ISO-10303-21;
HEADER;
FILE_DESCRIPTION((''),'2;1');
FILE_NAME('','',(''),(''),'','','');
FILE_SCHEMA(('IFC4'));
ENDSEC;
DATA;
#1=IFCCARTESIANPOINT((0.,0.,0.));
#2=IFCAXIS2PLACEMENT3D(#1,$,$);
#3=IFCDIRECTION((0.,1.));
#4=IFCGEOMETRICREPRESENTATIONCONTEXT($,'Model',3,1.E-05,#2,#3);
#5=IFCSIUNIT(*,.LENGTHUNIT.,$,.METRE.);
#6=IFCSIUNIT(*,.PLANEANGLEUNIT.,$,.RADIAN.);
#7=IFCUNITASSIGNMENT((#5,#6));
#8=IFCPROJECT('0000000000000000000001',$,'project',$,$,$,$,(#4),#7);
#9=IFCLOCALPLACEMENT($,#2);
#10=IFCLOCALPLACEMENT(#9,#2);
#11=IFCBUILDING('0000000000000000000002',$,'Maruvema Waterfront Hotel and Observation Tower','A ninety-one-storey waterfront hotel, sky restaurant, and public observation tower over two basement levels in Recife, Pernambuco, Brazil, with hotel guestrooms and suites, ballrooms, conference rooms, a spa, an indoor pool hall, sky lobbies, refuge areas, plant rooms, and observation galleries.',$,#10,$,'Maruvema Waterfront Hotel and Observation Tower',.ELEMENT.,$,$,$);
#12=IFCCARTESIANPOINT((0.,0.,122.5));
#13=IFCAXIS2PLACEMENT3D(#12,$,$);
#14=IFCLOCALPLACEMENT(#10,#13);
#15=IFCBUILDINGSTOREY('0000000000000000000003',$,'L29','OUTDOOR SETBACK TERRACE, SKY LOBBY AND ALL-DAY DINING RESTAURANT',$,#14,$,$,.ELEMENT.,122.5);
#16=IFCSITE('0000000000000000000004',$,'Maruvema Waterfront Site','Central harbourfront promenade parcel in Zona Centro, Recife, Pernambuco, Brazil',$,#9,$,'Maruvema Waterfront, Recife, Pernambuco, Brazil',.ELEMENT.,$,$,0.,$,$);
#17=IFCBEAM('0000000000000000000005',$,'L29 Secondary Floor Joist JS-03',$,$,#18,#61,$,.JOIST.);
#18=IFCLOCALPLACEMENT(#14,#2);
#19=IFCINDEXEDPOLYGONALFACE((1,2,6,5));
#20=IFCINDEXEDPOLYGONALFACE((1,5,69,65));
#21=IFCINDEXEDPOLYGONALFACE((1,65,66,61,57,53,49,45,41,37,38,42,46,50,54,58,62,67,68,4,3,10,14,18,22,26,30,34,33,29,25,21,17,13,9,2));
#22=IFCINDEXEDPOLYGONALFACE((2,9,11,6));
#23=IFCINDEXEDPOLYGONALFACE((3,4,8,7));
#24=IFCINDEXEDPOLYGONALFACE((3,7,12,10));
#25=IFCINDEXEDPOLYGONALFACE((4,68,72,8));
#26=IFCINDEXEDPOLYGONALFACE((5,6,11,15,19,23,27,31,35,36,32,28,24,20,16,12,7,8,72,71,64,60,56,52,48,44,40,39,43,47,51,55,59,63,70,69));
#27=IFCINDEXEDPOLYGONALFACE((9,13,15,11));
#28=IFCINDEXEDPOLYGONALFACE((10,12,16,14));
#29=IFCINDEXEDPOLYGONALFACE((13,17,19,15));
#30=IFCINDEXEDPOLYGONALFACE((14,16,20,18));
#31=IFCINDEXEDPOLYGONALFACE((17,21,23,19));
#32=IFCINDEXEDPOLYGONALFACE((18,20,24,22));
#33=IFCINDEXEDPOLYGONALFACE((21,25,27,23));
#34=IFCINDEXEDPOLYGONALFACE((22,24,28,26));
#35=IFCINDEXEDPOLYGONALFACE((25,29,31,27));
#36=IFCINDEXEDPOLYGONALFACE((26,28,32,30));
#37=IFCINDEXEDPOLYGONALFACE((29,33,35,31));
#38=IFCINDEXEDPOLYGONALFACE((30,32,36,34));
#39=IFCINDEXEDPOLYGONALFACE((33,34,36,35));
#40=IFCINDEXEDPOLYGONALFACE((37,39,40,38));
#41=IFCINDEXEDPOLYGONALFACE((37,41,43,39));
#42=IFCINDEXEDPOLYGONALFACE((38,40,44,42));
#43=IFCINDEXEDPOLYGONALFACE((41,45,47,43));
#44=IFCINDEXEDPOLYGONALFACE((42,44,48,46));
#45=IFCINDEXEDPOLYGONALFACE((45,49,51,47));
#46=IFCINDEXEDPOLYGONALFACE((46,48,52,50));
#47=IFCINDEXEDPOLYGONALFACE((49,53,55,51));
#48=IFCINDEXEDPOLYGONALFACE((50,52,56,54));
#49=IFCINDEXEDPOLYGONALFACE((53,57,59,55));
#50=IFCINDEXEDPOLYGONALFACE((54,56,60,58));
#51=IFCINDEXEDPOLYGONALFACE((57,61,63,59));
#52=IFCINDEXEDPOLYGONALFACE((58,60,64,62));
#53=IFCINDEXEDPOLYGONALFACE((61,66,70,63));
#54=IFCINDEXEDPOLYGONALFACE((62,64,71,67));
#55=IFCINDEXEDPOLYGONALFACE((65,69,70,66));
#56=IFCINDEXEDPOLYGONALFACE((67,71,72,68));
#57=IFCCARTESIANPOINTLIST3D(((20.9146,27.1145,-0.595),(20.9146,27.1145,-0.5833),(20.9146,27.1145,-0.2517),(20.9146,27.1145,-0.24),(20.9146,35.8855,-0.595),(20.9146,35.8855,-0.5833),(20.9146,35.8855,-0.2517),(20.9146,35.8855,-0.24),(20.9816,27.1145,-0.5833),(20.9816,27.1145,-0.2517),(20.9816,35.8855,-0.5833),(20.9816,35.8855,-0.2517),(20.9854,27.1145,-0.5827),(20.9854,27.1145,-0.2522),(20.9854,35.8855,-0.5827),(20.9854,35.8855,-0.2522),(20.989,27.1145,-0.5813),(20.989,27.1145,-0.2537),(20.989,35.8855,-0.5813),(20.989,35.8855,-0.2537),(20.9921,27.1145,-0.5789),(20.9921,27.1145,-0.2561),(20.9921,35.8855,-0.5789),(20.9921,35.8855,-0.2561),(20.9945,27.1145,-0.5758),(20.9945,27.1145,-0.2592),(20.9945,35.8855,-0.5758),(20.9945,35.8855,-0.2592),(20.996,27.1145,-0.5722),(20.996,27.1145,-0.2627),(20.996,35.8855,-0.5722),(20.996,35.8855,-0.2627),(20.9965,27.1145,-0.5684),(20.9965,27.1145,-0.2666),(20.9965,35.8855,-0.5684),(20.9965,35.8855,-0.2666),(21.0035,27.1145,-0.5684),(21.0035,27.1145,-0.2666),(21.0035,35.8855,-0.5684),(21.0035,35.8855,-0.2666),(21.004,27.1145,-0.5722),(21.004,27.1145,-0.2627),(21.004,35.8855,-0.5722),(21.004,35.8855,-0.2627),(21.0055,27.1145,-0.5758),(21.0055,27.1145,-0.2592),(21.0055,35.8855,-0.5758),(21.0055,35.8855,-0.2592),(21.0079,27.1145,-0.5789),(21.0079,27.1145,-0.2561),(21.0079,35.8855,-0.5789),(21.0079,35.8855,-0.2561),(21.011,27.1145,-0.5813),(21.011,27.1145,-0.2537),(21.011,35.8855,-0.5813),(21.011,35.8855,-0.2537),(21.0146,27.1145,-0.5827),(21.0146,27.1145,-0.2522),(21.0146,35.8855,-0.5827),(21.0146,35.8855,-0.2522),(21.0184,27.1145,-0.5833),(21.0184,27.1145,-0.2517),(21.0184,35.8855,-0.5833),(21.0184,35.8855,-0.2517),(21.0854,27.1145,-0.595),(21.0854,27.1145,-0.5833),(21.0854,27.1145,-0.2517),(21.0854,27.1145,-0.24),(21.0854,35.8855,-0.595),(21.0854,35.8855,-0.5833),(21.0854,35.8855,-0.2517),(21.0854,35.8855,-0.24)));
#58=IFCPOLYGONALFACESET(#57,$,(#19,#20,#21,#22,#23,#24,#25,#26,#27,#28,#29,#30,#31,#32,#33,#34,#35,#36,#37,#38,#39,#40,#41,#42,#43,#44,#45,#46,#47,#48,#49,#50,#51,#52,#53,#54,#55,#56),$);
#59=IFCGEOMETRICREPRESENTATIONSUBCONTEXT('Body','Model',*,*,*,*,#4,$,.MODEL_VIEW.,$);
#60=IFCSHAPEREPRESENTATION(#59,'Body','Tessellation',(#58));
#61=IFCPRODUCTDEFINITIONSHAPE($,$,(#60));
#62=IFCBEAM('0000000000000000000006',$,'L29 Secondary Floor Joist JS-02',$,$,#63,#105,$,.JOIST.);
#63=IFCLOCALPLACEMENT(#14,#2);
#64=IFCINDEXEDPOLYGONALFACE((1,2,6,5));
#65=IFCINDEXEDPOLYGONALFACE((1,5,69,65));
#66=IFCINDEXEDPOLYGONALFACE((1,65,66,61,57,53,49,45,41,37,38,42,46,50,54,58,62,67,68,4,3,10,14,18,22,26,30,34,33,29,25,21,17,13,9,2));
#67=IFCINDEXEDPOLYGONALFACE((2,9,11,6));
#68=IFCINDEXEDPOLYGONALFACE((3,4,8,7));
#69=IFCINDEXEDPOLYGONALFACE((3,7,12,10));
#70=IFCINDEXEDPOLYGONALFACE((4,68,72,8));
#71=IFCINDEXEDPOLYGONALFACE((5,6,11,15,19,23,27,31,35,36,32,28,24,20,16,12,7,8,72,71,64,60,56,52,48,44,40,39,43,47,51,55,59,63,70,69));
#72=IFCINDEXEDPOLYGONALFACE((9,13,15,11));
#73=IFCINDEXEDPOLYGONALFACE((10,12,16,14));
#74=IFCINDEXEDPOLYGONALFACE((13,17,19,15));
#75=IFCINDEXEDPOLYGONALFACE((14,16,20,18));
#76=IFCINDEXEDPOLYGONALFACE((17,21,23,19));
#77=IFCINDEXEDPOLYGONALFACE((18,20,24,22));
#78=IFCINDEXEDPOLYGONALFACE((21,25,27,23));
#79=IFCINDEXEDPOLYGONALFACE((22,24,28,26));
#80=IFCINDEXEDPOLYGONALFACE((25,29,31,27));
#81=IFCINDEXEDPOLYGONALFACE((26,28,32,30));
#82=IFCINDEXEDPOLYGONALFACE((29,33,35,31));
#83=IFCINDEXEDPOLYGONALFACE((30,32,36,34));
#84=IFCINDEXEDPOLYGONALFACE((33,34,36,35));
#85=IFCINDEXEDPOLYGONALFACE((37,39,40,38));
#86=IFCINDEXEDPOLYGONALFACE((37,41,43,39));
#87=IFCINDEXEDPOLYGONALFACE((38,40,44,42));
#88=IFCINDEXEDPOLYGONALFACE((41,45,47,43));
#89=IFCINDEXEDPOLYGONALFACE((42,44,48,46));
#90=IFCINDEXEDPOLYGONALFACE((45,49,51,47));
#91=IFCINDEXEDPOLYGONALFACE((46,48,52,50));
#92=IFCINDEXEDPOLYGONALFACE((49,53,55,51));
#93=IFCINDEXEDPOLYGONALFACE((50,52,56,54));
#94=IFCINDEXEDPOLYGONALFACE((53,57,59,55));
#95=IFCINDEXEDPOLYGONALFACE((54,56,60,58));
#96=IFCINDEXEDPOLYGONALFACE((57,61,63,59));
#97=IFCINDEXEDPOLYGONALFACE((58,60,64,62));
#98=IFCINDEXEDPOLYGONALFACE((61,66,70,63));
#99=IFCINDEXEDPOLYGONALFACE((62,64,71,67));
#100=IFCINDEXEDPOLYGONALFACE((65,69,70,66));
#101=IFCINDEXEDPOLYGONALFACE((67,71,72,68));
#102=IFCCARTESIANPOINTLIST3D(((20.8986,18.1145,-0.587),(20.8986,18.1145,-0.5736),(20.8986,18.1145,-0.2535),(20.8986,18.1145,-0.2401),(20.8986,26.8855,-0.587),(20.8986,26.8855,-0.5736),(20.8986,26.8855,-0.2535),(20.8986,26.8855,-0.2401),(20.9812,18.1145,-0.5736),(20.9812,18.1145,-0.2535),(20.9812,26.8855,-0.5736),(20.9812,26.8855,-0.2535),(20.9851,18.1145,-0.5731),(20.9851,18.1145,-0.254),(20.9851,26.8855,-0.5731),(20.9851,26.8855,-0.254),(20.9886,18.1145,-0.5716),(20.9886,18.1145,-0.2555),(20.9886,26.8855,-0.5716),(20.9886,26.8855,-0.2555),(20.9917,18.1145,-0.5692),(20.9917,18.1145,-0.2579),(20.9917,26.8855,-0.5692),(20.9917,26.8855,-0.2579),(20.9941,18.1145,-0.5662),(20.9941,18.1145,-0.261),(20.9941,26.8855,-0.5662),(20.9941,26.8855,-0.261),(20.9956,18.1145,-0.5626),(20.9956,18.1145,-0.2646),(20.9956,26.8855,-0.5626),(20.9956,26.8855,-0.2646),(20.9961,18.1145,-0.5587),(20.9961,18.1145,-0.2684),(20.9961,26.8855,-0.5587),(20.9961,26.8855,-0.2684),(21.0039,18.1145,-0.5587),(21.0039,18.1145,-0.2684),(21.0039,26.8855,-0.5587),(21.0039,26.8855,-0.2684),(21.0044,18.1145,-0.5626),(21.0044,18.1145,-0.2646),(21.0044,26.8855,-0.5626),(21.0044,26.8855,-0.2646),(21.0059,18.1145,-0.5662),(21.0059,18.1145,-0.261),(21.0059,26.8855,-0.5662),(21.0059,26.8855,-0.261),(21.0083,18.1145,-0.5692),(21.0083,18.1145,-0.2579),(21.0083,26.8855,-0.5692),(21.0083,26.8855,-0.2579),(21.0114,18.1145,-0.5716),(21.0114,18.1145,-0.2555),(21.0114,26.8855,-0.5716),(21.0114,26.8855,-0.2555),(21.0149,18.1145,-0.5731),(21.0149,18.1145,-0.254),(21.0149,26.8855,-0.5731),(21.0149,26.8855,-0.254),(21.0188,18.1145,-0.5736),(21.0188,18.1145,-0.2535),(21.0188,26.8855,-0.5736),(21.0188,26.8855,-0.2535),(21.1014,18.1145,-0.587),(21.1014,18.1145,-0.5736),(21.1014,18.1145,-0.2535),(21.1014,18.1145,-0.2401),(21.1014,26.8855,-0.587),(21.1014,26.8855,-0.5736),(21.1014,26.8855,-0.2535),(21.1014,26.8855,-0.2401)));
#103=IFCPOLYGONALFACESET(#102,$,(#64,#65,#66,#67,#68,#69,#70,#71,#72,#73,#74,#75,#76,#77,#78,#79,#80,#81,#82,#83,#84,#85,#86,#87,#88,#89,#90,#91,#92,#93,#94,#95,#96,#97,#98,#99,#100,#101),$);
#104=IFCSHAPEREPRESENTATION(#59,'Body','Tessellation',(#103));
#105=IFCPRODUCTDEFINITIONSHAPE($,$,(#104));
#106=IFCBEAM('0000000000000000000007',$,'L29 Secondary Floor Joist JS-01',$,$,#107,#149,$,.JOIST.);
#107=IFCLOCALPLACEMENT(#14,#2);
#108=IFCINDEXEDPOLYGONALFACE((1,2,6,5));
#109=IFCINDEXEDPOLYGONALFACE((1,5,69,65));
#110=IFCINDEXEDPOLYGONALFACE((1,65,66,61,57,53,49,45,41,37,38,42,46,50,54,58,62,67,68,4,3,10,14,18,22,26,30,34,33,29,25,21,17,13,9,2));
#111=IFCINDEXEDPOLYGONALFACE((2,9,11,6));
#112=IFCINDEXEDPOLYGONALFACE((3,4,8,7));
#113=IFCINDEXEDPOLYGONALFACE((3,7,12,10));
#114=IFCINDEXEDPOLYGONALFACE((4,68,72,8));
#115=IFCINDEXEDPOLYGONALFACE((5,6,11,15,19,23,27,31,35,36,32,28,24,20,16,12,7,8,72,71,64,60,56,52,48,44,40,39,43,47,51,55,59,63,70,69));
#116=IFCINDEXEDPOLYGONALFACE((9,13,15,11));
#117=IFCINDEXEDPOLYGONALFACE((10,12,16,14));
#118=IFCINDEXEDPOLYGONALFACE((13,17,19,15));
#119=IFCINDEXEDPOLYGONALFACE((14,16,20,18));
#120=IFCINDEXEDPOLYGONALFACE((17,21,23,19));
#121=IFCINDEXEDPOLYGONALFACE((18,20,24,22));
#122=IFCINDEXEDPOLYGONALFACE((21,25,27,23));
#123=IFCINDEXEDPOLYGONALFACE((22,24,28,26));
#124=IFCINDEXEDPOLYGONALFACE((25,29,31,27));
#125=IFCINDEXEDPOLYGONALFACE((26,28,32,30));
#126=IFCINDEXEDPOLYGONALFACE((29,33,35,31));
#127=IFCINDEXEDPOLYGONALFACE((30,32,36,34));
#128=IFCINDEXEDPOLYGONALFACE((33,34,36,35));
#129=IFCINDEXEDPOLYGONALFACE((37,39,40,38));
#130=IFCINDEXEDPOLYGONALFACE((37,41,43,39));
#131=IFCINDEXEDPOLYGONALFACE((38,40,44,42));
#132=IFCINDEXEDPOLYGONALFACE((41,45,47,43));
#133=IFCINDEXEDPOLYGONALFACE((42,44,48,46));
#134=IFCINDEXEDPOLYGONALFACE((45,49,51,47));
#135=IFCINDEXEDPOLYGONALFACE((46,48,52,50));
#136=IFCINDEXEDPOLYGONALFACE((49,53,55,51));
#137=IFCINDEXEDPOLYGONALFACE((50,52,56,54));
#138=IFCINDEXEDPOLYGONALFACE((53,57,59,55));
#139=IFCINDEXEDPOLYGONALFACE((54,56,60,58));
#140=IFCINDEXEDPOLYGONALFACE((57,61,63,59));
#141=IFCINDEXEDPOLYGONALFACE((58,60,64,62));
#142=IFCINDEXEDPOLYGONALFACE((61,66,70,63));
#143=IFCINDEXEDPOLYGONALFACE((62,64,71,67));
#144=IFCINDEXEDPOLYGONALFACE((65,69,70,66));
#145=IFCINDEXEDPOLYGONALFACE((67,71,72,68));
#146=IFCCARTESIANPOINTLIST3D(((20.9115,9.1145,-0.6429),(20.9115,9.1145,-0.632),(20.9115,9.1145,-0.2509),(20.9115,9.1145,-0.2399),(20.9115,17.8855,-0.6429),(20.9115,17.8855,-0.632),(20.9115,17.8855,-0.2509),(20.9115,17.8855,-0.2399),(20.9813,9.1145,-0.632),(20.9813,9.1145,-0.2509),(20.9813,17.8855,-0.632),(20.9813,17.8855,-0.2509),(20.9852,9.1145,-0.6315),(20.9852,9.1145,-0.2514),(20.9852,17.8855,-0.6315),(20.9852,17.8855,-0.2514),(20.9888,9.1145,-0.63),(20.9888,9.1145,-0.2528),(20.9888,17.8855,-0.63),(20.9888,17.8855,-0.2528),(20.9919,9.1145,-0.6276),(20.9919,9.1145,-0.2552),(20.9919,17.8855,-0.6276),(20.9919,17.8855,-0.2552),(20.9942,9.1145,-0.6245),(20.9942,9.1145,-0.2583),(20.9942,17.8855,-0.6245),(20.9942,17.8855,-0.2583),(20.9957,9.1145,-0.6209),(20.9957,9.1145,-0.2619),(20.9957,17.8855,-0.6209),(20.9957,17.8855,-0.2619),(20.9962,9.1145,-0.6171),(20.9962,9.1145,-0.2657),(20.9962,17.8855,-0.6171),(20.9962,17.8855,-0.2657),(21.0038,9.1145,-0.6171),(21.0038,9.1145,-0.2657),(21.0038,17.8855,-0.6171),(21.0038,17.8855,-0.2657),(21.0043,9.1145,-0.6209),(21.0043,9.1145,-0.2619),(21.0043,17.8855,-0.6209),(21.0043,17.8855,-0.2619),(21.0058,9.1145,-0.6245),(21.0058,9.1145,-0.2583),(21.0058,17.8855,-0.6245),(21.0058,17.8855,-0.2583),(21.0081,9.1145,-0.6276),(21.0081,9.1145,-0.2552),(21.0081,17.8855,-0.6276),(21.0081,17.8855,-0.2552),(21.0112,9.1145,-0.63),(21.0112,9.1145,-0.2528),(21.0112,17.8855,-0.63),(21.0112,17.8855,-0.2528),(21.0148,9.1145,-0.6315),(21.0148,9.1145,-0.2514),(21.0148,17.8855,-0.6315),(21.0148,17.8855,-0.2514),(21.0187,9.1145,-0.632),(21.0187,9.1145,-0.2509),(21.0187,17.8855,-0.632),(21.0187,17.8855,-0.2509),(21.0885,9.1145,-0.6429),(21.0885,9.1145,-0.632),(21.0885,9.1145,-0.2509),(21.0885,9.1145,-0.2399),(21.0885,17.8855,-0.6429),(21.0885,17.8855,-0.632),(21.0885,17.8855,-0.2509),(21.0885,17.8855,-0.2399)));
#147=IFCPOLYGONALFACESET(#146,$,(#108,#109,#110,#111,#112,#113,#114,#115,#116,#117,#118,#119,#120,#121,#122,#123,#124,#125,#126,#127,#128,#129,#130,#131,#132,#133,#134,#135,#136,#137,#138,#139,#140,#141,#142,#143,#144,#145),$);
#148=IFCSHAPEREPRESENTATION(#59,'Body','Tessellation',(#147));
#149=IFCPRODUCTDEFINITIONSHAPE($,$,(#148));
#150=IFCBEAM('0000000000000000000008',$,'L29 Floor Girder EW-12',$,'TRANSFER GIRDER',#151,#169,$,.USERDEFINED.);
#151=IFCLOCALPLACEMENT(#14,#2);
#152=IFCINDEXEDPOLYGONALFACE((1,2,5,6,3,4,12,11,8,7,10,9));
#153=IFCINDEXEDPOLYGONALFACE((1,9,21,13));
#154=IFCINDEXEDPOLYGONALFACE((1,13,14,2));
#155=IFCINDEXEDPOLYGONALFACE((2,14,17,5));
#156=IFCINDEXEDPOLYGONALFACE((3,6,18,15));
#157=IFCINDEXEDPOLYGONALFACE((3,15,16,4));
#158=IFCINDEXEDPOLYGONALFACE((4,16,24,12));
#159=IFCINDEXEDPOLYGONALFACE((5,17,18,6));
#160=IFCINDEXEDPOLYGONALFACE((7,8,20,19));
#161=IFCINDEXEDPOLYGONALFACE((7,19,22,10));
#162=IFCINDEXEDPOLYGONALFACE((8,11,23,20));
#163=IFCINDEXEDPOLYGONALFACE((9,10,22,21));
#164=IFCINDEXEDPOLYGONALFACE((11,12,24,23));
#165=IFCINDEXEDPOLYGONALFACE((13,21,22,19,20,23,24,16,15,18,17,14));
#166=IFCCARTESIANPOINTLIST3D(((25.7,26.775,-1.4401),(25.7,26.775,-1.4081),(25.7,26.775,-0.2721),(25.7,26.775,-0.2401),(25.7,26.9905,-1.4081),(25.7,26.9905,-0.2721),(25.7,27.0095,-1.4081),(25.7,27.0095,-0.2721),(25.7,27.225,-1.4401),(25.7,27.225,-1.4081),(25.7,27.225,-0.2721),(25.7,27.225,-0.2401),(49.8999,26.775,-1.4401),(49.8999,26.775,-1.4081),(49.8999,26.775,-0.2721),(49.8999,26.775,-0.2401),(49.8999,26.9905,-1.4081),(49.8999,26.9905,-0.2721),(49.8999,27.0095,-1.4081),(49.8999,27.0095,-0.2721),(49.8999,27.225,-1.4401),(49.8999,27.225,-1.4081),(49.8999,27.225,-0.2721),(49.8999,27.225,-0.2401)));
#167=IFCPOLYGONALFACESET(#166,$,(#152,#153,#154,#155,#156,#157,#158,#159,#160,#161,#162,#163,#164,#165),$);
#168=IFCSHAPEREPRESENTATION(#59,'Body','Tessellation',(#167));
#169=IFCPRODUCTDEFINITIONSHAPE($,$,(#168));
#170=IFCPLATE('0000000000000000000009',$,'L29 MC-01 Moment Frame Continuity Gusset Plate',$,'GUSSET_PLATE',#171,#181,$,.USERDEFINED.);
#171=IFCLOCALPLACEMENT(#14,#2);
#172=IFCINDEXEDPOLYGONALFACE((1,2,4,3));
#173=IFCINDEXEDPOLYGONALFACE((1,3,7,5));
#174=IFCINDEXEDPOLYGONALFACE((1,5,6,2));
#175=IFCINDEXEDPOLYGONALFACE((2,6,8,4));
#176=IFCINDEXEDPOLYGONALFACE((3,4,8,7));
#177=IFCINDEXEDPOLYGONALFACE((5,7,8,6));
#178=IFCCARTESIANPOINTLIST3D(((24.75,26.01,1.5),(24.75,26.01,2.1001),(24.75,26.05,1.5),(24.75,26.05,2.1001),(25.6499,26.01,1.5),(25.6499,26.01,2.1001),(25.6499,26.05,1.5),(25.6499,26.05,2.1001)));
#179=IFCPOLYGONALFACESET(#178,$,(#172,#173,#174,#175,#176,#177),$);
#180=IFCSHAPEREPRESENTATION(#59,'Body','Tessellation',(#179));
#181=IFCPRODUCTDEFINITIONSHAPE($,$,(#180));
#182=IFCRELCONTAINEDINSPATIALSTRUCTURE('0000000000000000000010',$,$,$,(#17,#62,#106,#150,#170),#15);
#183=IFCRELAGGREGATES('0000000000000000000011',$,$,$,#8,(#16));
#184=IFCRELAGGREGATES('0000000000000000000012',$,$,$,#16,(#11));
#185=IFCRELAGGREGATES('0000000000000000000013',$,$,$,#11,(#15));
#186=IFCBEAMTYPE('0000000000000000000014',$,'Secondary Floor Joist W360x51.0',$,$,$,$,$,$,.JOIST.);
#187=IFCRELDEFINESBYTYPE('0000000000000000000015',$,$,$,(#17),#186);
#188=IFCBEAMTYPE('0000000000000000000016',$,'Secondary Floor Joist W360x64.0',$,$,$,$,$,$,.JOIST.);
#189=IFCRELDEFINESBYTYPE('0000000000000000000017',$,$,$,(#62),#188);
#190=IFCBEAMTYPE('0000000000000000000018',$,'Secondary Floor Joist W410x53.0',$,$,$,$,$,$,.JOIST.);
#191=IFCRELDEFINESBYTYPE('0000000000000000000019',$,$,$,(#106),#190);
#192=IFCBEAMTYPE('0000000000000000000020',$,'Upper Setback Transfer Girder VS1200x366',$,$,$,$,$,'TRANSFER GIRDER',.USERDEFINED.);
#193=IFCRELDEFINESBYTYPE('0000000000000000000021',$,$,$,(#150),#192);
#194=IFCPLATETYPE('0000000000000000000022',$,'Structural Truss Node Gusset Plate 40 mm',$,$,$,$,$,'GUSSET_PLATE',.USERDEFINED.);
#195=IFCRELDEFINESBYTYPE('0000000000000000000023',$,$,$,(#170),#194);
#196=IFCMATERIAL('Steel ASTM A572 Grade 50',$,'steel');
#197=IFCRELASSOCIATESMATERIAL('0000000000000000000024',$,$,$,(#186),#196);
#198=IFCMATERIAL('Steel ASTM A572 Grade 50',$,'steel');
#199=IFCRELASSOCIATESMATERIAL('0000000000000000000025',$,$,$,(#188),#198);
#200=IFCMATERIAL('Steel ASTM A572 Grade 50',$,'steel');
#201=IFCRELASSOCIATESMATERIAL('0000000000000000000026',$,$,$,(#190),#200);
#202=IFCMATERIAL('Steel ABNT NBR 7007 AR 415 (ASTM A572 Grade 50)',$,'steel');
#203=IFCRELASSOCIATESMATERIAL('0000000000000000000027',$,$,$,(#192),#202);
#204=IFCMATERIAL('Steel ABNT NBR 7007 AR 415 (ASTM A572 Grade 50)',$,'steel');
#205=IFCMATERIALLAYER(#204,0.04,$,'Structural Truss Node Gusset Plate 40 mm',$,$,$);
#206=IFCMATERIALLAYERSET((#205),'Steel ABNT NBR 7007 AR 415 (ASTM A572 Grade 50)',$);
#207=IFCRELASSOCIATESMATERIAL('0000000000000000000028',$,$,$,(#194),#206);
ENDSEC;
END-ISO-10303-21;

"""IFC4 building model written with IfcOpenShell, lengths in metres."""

from ifc_helpers import new_model, si_unit, direction, frame, origin, origin_2d, place, context, subcontext, project, spatial, rectangle, i_section, extrude, material, layer, layer_set, material_profile, profile_set, type_object, element, save


model = new_model("IFC4")

# Units and contexts
model_context = context("Model", 3, precision=1e-05, world=origin(), true_north=direction((0.0, 1.0)))
body_context = subcontext(model_context, "Body", "Model", "MODEL_VIEW")
ifc_project = project(units=[si_unit("LENGTHUNIT", "METRE"), si_unit("PLANEANGLEUNIT", "RADIAN")], contexts=[model_context])

# Site, building, storey
site_placement = place(None, origin())
site = spatial("IfcSite", under=ifc_project, at=site_placement, Name="Maruvema Waterfront Site", Description="Central harbourfront promenade parcel in Zona Centro, Recife, Pernambuco, Brazil", LongName="Maruvema Waterfront, Recife, Pernambuco, Brazil", CompositionType="ELEMENT", RefElevation=0.0)
building_placement = place(site_placement, origin())
building = spatial("IfcBuilding", under=site, at=building_placement, Name="Maruvema Waterfront Hotel and Observation Tower", Description="A ninety-one-storey waterfront hotel, sky restaurant, and public observation tower over two basement levels in Recife, Pernambuco, Brazil, with hotel guestrooms and suites, ballrooms, conference rooms, a spa, an indoor pool hall, sky lobbies, refuge areas, plant rooms, and observation galleries.", LongName="Maruvema Waterfront Hotel and Observation Tower", CompositionType="ELEMENT")
storey_placement = place(building_placement, frame((0.0, 0.0, 122.5)))
storey = spatial("IfcBuildingStorey", under=building, at=storey_placement, Name="L29", Description="OUTDOOR SETBACK TERRACE, SKY LOBBY AND ALL-DAY DINING RESTAURANT", CompositionType="ELEMENT", Elevation=122.5)

# Beams
ifc_material_1 = material(Name="Steel ASTM A572 Grade 50", Category="steel")
ifc_material_profile_1 = material_profile(ifc_material_1, i_section(OverallWidth=0.1709, OverallDepth=0.355, WebThickness=0.0071, FlangeThickness=0.0117, FilletRadius=0.0149, at=origin_2d()), Name="W360x51.0")
ifc_profile_set_1 = profile_set([ifc_material_profile_1], Name="Steel ASTM A572 Grade 50")
beam_type_1 = type_object("IfcBeamType", Name="Secondary Floor Joist W360x51.0", PredefinedType="JOIST", material=ifc_profile_set_1)
beam_1_placement = place(storey_placement, frame((21.0, 27.1145, -0.4175), z_axis=(0.0, 1.0, 0.0), x_axis=(-1.0, 0.0, 0.0)))
element("IfcBeam", 1, at=beam_1_placement, inside=storey, type_object=beam_type_1, Name="L29 Secondary Floor Joist JS-03", PredefinedType="JOIST", context=body_context, shape_type="SweptSolid", body=[
    extrude(i_section(OverallWidth=0.1709, OverallDepth=0.355, WebThickness=0.0071, FlangeThickness=0.0117, FilletRadius=0.0149, at=origin_2d()), origin(), (0.0, 0.0, 1.0), 8.771),
])
ifc_material_2 = material(Name="Steel ASTM A572 Grade 50", Category="steel")
ifc_material_profile_2 = material_profile(ifc_material_2, i_section(OverallWidth=0.2029, OverallDepth=0.3469, WebThickness=0.0078, FlangeThickness=0.0134, FilletRadius=0.0149, at=origin_2d()), Name="W360x64.0")
ifc_profile_set_2 = profile_set([ifc_material_profile_2], Name="Steel ASTM A572 Grade 50")
beam_type_2 = type_object("IfcBeamType", Name="Secondary Floor Joist W360x64.0", PredefinedType="JOIST", material=ifc_profile_set_2)
beam_2_placement = place(storey_placement, frame((21.0, 18.1145, -0.4136), z_axis=(0.0, 1.0, 0.0), x_axis=(-1.0, 0.0, 0.0)))
element("IfcBeam", 2, at=beam_2_placement, inside=storey, type_object=beam_type_2, Name="L29 Secondary Floor Joist JS-02", PredefinedType="JOIST", context=body_context, shape_type="SweptSolid", body=[
    extrude(i_section(OverallWidth=0.2029, OverallDepth=0.3469, WebThickness=0.0078, FlangeThickness=0.0134, FilletRadius=0.0149, at=origin_2d()), origin(), (0.0, 0.0, 1.0), 8.771),
])
ifc_material_3 = material(Name="Steel ASTM A572 Grade 50", Category="steel")
ifc_material_profile_3 = material_profile(ifc_material_3, i_section(OverallWidth=0.177, OverallDepth=0.4031, WebThickness=0.0076, FlangeThickness=0.011, FilletRadius=0.0149, at=origin_2d()), Name="W410x53.0")
ifc_profile_set_3 = profile_set([ifc_material_profile_3], Name="Steel ASTM A572 Grade 50")
beam_type_3 = type_object("IfcBeamType", Name="Secondary Floor Joist W410x53.0", PredefinedType="JOIST", material=ifc_profile_set_3)
beam_3_placement = place(storey_placement, frame((21.0, 9.1145, -0.4414), z_axis=(0.0, 1.0, 0.0), x_axis=(-1.0, 0.0, 0.0)))
element("IfcBeam", 3, at=beam_3_placement, inside=storey, type_object=beam_type_3, Name="L29 Secondary Floor Joist JS-01", PredefinedType="JOIST", context=body_context, shape_type="SweptSolid", body=[
    extrude(i_section(OverallWidth=0.177, OverallDepth=0.4031, WebThickness=0.0076, FlangeThickness=0.011, FilletRadius=0.0149, at=origin_2d()), origin(), (0.0, 0.0, 1.0), 8.771),
])
ifc_material_4 = material(Name="Steel ABNT NBR 7007 AR 415 (ASTM A572 Grade 50)", Category="steel")
ifc_material_profile_4 = material_profile(ifc_material_4, i_section(OverallWidth=0.45, OverallDepth=1.2, WebThickness=0.019, FlangeThickness=0.032, at=origin_2d()), Name="VS1200x366")
ifc_profile_set_4 = profile_set([ifc_material_profile_4], Name="Steel ABNT NBR 7007 AR 415 (ASTM A572 Grade 50)")
beam_type_4 = type_object("IfcBeamType", Name="Upper Setback Transfer Girder VS1200x366", ElementType="TRANSFER GIRDER", PredefinedType="USERDEFINED", material=ifc_profile_set_4)
beam_4_placement = place(storey_placement, frame((25.7, 27.0, -0.8401), z_axis=(1.0, 0.0, 0.0), x_axis=(0.0, 1.0, 0.0)))
element("IfcBeam", 4, at=beam_4_placement, inside=storey, type_object=beam_type_4, Name="L29 Floor Girder EW-12", ObjectType="TRANSFER GIRDER", PredefinedType="USERDEFINED", context=body_context, shape_type="SweptSolid", body=[
    extrude(i_section(OverallWidth=0.45, OverallDepth=1.2, WebThickness=0.019, FlangeThickness=0.032, at=origin_2d()), origin(), (0.0, 0.0, 1.0), 24.2),
])

# Plate
ifc_material_5 = material(Name="Steel ABNT NBR 7007 AR 415 (ASTM A572 Grade 50)", Category="steel")
ifc_layer_1 = layer(ifc_material_5, 0.04, Name="Structural Truss Node Gusset Plate 40 mm")
ifc_layer_set_1 = layer_set([ifc_layer_1], Name="Steel ABNT NBR 7007 AR 415 (ASTM A572 Grade 50)")
plate_type = type_object("IfcPlateType", Name="Structural Truss Node Gusset Plate 40 mm", ElementType="GUSSET_PLATE", PredefinedType="USERDEFINED", material=ifc_layer_set_1)
plate_placement = place(storey_placement, frame((25.2, 26.03, 1.5), z_axis=(0.0, 0.0, 1.0), x_axis=(1.0, 0.0, 0.0)))
element("IfcPlate", 5, at=plate_placement, inside=storey, type_object=plate_type, Name="L29 MC-01 Moment Frame Continuity Gusset Plate", ObjectType="GUSSET_PLATE", PredefinedType="USERDEFINED", context=body_context, shape_type="SweptSolid", body=[
    extrude(rectangle(XDim=0.8999, YDim=0.04, at=origin_2d()), origin(), (0.0, 0.0, 1.0), 0.6001),
])

save(model, "model.ifc")
